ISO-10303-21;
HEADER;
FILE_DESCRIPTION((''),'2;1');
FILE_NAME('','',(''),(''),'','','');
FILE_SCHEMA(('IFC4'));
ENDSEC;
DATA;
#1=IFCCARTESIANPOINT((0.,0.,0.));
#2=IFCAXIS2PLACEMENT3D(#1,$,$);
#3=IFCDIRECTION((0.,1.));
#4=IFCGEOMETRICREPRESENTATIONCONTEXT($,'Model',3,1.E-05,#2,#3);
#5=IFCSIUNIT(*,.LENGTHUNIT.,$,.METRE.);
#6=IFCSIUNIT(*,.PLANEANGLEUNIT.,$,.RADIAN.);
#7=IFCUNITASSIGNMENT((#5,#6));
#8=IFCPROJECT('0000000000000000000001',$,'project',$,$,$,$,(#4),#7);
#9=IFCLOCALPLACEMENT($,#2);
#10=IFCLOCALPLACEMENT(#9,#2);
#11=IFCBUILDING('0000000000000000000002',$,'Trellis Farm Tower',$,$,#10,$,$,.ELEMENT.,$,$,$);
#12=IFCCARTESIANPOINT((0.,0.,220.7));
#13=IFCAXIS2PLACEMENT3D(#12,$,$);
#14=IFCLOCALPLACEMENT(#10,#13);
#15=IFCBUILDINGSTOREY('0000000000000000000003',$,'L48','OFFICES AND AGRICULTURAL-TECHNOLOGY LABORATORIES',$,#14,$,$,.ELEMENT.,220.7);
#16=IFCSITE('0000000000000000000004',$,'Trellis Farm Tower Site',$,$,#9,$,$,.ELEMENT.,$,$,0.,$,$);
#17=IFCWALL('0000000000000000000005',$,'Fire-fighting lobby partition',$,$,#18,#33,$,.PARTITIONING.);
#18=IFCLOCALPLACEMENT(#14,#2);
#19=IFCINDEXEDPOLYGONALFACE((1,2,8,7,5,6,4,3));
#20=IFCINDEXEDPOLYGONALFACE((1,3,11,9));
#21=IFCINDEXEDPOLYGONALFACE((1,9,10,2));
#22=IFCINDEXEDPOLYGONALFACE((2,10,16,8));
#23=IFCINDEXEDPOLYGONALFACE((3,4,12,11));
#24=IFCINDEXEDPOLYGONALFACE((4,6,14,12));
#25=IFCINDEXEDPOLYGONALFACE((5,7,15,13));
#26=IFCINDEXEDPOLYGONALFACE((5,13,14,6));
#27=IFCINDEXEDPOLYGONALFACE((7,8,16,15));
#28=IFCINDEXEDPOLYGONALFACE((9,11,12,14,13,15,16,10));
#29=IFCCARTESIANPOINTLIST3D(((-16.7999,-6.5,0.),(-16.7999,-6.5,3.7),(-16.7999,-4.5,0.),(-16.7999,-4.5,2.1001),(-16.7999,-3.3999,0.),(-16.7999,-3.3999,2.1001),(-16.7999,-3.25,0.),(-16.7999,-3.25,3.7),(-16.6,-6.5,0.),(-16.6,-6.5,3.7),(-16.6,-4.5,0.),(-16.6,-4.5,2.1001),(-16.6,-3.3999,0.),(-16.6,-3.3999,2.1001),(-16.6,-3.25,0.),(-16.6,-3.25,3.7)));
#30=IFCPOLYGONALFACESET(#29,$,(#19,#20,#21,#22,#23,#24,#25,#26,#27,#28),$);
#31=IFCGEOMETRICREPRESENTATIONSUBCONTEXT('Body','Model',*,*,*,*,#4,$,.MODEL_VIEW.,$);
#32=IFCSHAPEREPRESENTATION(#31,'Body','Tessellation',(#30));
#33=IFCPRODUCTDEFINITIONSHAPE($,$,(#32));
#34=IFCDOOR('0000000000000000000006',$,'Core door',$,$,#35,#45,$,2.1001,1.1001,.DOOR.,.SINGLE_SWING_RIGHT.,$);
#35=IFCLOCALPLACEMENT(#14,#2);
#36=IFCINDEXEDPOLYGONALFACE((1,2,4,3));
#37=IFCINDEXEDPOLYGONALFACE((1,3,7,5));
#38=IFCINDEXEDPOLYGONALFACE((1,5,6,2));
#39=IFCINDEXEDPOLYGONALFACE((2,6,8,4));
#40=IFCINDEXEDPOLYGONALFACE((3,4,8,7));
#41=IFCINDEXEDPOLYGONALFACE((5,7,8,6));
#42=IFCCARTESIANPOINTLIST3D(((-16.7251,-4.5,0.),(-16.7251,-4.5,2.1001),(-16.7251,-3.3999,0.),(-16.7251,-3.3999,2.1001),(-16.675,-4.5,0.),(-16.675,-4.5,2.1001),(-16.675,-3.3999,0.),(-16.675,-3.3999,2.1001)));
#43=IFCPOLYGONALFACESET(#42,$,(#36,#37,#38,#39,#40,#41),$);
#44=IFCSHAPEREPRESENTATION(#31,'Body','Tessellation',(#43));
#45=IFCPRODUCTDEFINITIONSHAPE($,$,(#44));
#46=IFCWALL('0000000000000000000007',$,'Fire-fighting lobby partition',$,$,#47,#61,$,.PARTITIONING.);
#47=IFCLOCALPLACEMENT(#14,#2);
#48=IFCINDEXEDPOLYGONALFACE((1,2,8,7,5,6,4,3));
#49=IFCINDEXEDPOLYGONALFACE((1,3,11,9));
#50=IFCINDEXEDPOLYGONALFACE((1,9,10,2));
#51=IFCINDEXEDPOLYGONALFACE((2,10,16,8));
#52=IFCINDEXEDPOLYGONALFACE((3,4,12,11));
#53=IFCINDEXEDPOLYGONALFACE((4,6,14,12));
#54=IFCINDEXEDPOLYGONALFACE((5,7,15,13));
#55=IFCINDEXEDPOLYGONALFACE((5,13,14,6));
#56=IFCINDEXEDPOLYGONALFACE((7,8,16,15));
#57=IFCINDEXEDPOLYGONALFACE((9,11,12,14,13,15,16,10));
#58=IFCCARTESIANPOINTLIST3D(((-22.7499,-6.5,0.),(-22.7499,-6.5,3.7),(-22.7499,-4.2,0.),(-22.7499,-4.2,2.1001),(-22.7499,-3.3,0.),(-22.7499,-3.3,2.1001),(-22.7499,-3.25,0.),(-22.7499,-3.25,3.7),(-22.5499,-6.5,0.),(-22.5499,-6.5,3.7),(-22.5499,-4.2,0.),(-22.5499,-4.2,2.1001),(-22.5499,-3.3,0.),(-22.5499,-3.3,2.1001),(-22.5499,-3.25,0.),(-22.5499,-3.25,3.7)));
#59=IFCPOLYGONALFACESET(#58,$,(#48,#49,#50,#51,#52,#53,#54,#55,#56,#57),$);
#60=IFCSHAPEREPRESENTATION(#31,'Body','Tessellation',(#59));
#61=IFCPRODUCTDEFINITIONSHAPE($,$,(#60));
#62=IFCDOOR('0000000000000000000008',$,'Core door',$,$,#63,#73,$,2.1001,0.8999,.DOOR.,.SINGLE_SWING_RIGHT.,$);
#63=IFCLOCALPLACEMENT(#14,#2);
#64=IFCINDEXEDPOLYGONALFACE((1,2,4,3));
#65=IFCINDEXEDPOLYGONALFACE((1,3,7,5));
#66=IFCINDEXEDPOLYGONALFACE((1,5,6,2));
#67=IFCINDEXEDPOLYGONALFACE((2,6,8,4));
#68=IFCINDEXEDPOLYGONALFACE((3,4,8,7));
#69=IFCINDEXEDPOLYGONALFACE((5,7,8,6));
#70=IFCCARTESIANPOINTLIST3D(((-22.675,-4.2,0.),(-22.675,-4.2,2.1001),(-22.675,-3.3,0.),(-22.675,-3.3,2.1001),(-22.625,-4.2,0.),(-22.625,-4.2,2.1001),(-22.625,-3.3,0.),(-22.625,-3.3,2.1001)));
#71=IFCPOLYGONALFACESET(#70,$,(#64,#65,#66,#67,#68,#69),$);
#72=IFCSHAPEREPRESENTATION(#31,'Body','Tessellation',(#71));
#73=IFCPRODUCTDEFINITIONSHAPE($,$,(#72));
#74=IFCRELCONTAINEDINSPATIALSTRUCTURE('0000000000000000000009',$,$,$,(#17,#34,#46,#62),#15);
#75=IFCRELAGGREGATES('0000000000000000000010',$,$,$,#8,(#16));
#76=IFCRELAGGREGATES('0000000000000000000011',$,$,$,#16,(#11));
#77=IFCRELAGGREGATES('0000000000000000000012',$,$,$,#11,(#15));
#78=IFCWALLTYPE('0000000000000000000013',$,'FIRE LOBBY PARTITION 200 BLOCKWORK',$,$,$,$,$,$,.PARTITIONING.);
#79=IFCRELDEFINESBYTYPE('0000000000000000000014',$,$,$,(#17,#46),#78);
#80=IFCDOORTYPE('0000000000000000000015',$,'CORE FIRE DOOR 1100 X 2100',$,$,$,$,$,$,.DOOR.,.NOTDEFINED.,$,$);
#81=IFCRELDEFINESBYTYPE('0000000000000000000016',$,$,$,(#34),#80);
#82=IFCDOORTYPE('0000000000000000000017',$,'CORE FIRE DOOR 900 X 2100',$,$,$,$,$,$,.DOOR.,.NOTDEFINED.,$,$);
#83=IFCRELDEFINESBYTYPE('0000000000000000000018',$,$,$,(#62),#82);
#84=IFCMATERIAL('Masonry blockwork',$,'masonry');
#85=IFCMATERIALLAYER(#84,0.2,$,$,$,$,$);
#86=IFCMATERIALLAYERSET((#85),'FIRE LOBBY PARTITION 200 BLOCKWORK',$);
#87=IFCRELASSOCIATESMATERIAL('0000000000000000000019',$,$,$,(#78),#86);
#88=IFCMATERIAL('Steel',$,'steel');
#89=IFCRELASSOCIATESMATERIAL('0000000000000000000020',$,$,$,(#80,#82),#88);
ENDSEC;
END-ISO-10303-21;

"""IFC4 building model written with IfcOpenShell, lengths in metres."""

from ifc_helpers import new_model, si_unit, direction, frame, frame_2d, origin, place, context, subcontext, project, spatial, rectangle, extrude, source, transform, mapped, material, layer, layer_set, type_object, element, fill, save


model = new_model("IFC4")

# Units and contexts
model_context = context("Model", 3, precision=1e-05, world=origin(), true_north=direction((0.0, 1.0)))
body_context = subcontext(model_context, "Body", "Model", "MODEL_VIEW")
ifc_project = project(units=[si_unit("LENGTHUNIT", "METRE"), si_unit("PLANEANGLEUNIT", "RADIAN")], contexts=[model_context])

# Site, building, storey
site_placement = place(None, origin())
site = spatial("IfcSite", under=ifc_project, at=site_placement, Name="Trellis Farm Tower Site", CompositionType="ELEMENT", RefElevation=0.0)
building_placement = place(site_placement, origin())
building = spatial("IfcBuilding", under=site, at=building_placement, Name="Trellis Farm Tower", CompositionType="ELEMENT")
storey_placement = place(building_placement, frame((0.0, 0.0, 220.7)))
storey = spatial("IfcBuildingStorey", under=building, at=storey_placement, Name="L48", Description="OFFICES AND AGRICULTURAL-TECHNOLOGY LABORATORIES", CompositionType="ELEMENT", Elevation=220.7)

# Walls, openings, doors
ifc_material_1 = material(Name="Masonry blockwork", Category="masonry")
ifc_layer_1 = layer(ifc_material_1, 0.2)
ifc_layer_set_1 = layer_set([ifc_layer_1], Name="FIRE LOBBY PARTITION 200 BLOCKWORK")
wall_type_1 = type_object("IfcWallType", Name="FIRE LOBBY PARTITION 200 BLOCKWORK", PredefinedType="PARTITIONING", material=ifc_layer_set_1)
shared_shape_1 = source(origin(), body_context, "Body", "SweptSolid", [
    extrude(rectangle(XDim=3.25, YDim=0.2, at=frame_2d((1.625, 0.0))), origin(), (0.0, 0.0, 1.0), 3.7),
])
wall_1_placement = place(storey_placement, frame((-16.7, -3.25, 0.0), z_axis=(0.0, 0.0, 1.0), x_axis=(0.0, -1.0, 0.0)))
wall_1 = element("IfcWall", 1, at=wall_1_placement, inside=storey, type_object=wall_type_1, Name="Fire-fighting lobby partition", PredefinedType="PARTITIONING", context=body_context, shape_type="MappedRepresentation", body=[
    mapped(shared_shape_1, transform((0.0, 0.0, 0.0))),
])
shared_shape_2 = source(origin(), body_context, "Body", "SweptSolid", [
    extrude(rectangle(XDim=1.1001, YDim=2.1001, at=frame_2d((0.55, 1.05))), frame((0.0, 0.1101, 0.0), z_axis=(0.0, -1.0, 0.0), x_axis=(1.0, 0.0, 0.0)), (0.0, 0.0, 1.0), 0.2202),
])
opening_1_placement = place(wall_1_placement, frame((0.1499, 0.0, 0.0)))
opening_1 = element("IfcOpeningElement", 2, at=opening_1_placement, cuts=wall_1, PredefinedType="OPENING", context=body_context, shape_type="MappedRepresentation", body=[
    mapped(shared_shape_2, transform((0.0, 0.0, 0.0))),
])
ifc_material_2 = material(Name="Steel", Category="steel")
door_type_1 = type_object("IfcDoorType", Name="CORE FIRE DOOR 1100 X 2100", OperationType="NOTDEFINED", PredefinedType="DOOR", material=ifc_material_2)
shared_shape_3 = source(origin(), body_context, "Body", "SweptSolid", [
    extrude(rectangle(XDim=1.1001, YDim=2.1001, at=frame_2d((0.55, 1.05))), frame((0.0, 0.0249, 0.0), z_axis=(0.0, -1.0, 0.0), x_axis=(1.0, 0.0, 0.0)), (0.0, 0.0, 1.0), 0.05),
])
door_1_placement = place(opening_1_placement, origin())
door_1 = element("IfcDoor", 3, at=door_1_placement, inside=storey, type_object=door_type_1, Name="Core door", OperationType="SINGLE_SWING_RIGHT", OverallHeight=2.1001, OverallWidth=1.1001, PredefinedType="DOOR", context=body_context, shape_type="MappedRepresentation", body=[
    mapped(shared_shape_3, transform((0.0, 0.0, 0.0))),
])
fill(opening_1, door_1)
wall_2_placement = place(storey_placement, frame((-22.6499, -3.25, 0.0), z_axis=(0.0, 0.0, 1.0), x_axis=(0.0, -1.0, 0.0)))
wall_2 = element("IfcWall", 4, at=wall_2_placement, inside=storey, type_object=wall_type_1, Name="Fire-fighting lobby partition", PredefinedType="PARTITIONING", context=body_context, shape_type="MappedRepresentation", body=[
    mapped(shared_shape_1, transform((0.0, 0.0, 0.0))),
])
shared_shape_4 = source(origin(), body_context, "Body", "SweptSolid", [
    extrude(rectangle(XDim=0.8999, YDim=2.1001, at=frame_2d((0.45, 1.05))), frame((0.0, 0.1101, 0.0), z_axis=(0.0, -1.0, 0.0), x_axis=(1.0, 0.0, 0.0)), (0.0, 0.0, 1.0), 0.2202),
])
opening_2_placement = place(wall_2_placement, frame((0.05, 0.0, 0.0)))
opening_2 = element("IfcOpeningElement", 5, at=opening_2_placement, cuts=wall_2, PredefinedType="OPENING", context=body_context, shape_type="MappedRepresentation", body=[
    mapped(shared_shape_4, transform((0.0, 0.0, 0.0))),
])
door_type_2 = type_object("IfcDoorType", Name="CORE FIRE DOOR 900 X 2100", OperationType="NOTDEFINED", PredefinedType="DOOR", material=ifc_material_2)
shared_shape_5 = source(origin(), body_context, "Body", "SweptSolid", [
    extrude(rectangle(XDim=0.8999, YDim=2.1001, at=frame_2d((0.45, 1.05))), frame((0.0, 0.0249, 0.0), z_axis=(0.0, -1.0, 0.0), x_axis=(1.0, 0.0, 0.0)), (0.0, 0.0, 1.0), 0.05),
])
door_2_placement = place(opening_2_placement, origin())
door_2 = element("IfcDoor", 6, at=door_2_placement, inside=storey, type_object=door_type_2, Name="Core door", OperationType="SINGLE_SWING_RIGHT", OverallHeight=2.1001, OverallWidth=0.8999, PredefinedType="DOOR", context=body_context, shape_type="MappedRepresentation", body=[
    mapped(shared_shape_5, transform((0.0, 0.0, 0.0))),
])
fill(opening_2, door_2)

save(model, "model.ifc")
